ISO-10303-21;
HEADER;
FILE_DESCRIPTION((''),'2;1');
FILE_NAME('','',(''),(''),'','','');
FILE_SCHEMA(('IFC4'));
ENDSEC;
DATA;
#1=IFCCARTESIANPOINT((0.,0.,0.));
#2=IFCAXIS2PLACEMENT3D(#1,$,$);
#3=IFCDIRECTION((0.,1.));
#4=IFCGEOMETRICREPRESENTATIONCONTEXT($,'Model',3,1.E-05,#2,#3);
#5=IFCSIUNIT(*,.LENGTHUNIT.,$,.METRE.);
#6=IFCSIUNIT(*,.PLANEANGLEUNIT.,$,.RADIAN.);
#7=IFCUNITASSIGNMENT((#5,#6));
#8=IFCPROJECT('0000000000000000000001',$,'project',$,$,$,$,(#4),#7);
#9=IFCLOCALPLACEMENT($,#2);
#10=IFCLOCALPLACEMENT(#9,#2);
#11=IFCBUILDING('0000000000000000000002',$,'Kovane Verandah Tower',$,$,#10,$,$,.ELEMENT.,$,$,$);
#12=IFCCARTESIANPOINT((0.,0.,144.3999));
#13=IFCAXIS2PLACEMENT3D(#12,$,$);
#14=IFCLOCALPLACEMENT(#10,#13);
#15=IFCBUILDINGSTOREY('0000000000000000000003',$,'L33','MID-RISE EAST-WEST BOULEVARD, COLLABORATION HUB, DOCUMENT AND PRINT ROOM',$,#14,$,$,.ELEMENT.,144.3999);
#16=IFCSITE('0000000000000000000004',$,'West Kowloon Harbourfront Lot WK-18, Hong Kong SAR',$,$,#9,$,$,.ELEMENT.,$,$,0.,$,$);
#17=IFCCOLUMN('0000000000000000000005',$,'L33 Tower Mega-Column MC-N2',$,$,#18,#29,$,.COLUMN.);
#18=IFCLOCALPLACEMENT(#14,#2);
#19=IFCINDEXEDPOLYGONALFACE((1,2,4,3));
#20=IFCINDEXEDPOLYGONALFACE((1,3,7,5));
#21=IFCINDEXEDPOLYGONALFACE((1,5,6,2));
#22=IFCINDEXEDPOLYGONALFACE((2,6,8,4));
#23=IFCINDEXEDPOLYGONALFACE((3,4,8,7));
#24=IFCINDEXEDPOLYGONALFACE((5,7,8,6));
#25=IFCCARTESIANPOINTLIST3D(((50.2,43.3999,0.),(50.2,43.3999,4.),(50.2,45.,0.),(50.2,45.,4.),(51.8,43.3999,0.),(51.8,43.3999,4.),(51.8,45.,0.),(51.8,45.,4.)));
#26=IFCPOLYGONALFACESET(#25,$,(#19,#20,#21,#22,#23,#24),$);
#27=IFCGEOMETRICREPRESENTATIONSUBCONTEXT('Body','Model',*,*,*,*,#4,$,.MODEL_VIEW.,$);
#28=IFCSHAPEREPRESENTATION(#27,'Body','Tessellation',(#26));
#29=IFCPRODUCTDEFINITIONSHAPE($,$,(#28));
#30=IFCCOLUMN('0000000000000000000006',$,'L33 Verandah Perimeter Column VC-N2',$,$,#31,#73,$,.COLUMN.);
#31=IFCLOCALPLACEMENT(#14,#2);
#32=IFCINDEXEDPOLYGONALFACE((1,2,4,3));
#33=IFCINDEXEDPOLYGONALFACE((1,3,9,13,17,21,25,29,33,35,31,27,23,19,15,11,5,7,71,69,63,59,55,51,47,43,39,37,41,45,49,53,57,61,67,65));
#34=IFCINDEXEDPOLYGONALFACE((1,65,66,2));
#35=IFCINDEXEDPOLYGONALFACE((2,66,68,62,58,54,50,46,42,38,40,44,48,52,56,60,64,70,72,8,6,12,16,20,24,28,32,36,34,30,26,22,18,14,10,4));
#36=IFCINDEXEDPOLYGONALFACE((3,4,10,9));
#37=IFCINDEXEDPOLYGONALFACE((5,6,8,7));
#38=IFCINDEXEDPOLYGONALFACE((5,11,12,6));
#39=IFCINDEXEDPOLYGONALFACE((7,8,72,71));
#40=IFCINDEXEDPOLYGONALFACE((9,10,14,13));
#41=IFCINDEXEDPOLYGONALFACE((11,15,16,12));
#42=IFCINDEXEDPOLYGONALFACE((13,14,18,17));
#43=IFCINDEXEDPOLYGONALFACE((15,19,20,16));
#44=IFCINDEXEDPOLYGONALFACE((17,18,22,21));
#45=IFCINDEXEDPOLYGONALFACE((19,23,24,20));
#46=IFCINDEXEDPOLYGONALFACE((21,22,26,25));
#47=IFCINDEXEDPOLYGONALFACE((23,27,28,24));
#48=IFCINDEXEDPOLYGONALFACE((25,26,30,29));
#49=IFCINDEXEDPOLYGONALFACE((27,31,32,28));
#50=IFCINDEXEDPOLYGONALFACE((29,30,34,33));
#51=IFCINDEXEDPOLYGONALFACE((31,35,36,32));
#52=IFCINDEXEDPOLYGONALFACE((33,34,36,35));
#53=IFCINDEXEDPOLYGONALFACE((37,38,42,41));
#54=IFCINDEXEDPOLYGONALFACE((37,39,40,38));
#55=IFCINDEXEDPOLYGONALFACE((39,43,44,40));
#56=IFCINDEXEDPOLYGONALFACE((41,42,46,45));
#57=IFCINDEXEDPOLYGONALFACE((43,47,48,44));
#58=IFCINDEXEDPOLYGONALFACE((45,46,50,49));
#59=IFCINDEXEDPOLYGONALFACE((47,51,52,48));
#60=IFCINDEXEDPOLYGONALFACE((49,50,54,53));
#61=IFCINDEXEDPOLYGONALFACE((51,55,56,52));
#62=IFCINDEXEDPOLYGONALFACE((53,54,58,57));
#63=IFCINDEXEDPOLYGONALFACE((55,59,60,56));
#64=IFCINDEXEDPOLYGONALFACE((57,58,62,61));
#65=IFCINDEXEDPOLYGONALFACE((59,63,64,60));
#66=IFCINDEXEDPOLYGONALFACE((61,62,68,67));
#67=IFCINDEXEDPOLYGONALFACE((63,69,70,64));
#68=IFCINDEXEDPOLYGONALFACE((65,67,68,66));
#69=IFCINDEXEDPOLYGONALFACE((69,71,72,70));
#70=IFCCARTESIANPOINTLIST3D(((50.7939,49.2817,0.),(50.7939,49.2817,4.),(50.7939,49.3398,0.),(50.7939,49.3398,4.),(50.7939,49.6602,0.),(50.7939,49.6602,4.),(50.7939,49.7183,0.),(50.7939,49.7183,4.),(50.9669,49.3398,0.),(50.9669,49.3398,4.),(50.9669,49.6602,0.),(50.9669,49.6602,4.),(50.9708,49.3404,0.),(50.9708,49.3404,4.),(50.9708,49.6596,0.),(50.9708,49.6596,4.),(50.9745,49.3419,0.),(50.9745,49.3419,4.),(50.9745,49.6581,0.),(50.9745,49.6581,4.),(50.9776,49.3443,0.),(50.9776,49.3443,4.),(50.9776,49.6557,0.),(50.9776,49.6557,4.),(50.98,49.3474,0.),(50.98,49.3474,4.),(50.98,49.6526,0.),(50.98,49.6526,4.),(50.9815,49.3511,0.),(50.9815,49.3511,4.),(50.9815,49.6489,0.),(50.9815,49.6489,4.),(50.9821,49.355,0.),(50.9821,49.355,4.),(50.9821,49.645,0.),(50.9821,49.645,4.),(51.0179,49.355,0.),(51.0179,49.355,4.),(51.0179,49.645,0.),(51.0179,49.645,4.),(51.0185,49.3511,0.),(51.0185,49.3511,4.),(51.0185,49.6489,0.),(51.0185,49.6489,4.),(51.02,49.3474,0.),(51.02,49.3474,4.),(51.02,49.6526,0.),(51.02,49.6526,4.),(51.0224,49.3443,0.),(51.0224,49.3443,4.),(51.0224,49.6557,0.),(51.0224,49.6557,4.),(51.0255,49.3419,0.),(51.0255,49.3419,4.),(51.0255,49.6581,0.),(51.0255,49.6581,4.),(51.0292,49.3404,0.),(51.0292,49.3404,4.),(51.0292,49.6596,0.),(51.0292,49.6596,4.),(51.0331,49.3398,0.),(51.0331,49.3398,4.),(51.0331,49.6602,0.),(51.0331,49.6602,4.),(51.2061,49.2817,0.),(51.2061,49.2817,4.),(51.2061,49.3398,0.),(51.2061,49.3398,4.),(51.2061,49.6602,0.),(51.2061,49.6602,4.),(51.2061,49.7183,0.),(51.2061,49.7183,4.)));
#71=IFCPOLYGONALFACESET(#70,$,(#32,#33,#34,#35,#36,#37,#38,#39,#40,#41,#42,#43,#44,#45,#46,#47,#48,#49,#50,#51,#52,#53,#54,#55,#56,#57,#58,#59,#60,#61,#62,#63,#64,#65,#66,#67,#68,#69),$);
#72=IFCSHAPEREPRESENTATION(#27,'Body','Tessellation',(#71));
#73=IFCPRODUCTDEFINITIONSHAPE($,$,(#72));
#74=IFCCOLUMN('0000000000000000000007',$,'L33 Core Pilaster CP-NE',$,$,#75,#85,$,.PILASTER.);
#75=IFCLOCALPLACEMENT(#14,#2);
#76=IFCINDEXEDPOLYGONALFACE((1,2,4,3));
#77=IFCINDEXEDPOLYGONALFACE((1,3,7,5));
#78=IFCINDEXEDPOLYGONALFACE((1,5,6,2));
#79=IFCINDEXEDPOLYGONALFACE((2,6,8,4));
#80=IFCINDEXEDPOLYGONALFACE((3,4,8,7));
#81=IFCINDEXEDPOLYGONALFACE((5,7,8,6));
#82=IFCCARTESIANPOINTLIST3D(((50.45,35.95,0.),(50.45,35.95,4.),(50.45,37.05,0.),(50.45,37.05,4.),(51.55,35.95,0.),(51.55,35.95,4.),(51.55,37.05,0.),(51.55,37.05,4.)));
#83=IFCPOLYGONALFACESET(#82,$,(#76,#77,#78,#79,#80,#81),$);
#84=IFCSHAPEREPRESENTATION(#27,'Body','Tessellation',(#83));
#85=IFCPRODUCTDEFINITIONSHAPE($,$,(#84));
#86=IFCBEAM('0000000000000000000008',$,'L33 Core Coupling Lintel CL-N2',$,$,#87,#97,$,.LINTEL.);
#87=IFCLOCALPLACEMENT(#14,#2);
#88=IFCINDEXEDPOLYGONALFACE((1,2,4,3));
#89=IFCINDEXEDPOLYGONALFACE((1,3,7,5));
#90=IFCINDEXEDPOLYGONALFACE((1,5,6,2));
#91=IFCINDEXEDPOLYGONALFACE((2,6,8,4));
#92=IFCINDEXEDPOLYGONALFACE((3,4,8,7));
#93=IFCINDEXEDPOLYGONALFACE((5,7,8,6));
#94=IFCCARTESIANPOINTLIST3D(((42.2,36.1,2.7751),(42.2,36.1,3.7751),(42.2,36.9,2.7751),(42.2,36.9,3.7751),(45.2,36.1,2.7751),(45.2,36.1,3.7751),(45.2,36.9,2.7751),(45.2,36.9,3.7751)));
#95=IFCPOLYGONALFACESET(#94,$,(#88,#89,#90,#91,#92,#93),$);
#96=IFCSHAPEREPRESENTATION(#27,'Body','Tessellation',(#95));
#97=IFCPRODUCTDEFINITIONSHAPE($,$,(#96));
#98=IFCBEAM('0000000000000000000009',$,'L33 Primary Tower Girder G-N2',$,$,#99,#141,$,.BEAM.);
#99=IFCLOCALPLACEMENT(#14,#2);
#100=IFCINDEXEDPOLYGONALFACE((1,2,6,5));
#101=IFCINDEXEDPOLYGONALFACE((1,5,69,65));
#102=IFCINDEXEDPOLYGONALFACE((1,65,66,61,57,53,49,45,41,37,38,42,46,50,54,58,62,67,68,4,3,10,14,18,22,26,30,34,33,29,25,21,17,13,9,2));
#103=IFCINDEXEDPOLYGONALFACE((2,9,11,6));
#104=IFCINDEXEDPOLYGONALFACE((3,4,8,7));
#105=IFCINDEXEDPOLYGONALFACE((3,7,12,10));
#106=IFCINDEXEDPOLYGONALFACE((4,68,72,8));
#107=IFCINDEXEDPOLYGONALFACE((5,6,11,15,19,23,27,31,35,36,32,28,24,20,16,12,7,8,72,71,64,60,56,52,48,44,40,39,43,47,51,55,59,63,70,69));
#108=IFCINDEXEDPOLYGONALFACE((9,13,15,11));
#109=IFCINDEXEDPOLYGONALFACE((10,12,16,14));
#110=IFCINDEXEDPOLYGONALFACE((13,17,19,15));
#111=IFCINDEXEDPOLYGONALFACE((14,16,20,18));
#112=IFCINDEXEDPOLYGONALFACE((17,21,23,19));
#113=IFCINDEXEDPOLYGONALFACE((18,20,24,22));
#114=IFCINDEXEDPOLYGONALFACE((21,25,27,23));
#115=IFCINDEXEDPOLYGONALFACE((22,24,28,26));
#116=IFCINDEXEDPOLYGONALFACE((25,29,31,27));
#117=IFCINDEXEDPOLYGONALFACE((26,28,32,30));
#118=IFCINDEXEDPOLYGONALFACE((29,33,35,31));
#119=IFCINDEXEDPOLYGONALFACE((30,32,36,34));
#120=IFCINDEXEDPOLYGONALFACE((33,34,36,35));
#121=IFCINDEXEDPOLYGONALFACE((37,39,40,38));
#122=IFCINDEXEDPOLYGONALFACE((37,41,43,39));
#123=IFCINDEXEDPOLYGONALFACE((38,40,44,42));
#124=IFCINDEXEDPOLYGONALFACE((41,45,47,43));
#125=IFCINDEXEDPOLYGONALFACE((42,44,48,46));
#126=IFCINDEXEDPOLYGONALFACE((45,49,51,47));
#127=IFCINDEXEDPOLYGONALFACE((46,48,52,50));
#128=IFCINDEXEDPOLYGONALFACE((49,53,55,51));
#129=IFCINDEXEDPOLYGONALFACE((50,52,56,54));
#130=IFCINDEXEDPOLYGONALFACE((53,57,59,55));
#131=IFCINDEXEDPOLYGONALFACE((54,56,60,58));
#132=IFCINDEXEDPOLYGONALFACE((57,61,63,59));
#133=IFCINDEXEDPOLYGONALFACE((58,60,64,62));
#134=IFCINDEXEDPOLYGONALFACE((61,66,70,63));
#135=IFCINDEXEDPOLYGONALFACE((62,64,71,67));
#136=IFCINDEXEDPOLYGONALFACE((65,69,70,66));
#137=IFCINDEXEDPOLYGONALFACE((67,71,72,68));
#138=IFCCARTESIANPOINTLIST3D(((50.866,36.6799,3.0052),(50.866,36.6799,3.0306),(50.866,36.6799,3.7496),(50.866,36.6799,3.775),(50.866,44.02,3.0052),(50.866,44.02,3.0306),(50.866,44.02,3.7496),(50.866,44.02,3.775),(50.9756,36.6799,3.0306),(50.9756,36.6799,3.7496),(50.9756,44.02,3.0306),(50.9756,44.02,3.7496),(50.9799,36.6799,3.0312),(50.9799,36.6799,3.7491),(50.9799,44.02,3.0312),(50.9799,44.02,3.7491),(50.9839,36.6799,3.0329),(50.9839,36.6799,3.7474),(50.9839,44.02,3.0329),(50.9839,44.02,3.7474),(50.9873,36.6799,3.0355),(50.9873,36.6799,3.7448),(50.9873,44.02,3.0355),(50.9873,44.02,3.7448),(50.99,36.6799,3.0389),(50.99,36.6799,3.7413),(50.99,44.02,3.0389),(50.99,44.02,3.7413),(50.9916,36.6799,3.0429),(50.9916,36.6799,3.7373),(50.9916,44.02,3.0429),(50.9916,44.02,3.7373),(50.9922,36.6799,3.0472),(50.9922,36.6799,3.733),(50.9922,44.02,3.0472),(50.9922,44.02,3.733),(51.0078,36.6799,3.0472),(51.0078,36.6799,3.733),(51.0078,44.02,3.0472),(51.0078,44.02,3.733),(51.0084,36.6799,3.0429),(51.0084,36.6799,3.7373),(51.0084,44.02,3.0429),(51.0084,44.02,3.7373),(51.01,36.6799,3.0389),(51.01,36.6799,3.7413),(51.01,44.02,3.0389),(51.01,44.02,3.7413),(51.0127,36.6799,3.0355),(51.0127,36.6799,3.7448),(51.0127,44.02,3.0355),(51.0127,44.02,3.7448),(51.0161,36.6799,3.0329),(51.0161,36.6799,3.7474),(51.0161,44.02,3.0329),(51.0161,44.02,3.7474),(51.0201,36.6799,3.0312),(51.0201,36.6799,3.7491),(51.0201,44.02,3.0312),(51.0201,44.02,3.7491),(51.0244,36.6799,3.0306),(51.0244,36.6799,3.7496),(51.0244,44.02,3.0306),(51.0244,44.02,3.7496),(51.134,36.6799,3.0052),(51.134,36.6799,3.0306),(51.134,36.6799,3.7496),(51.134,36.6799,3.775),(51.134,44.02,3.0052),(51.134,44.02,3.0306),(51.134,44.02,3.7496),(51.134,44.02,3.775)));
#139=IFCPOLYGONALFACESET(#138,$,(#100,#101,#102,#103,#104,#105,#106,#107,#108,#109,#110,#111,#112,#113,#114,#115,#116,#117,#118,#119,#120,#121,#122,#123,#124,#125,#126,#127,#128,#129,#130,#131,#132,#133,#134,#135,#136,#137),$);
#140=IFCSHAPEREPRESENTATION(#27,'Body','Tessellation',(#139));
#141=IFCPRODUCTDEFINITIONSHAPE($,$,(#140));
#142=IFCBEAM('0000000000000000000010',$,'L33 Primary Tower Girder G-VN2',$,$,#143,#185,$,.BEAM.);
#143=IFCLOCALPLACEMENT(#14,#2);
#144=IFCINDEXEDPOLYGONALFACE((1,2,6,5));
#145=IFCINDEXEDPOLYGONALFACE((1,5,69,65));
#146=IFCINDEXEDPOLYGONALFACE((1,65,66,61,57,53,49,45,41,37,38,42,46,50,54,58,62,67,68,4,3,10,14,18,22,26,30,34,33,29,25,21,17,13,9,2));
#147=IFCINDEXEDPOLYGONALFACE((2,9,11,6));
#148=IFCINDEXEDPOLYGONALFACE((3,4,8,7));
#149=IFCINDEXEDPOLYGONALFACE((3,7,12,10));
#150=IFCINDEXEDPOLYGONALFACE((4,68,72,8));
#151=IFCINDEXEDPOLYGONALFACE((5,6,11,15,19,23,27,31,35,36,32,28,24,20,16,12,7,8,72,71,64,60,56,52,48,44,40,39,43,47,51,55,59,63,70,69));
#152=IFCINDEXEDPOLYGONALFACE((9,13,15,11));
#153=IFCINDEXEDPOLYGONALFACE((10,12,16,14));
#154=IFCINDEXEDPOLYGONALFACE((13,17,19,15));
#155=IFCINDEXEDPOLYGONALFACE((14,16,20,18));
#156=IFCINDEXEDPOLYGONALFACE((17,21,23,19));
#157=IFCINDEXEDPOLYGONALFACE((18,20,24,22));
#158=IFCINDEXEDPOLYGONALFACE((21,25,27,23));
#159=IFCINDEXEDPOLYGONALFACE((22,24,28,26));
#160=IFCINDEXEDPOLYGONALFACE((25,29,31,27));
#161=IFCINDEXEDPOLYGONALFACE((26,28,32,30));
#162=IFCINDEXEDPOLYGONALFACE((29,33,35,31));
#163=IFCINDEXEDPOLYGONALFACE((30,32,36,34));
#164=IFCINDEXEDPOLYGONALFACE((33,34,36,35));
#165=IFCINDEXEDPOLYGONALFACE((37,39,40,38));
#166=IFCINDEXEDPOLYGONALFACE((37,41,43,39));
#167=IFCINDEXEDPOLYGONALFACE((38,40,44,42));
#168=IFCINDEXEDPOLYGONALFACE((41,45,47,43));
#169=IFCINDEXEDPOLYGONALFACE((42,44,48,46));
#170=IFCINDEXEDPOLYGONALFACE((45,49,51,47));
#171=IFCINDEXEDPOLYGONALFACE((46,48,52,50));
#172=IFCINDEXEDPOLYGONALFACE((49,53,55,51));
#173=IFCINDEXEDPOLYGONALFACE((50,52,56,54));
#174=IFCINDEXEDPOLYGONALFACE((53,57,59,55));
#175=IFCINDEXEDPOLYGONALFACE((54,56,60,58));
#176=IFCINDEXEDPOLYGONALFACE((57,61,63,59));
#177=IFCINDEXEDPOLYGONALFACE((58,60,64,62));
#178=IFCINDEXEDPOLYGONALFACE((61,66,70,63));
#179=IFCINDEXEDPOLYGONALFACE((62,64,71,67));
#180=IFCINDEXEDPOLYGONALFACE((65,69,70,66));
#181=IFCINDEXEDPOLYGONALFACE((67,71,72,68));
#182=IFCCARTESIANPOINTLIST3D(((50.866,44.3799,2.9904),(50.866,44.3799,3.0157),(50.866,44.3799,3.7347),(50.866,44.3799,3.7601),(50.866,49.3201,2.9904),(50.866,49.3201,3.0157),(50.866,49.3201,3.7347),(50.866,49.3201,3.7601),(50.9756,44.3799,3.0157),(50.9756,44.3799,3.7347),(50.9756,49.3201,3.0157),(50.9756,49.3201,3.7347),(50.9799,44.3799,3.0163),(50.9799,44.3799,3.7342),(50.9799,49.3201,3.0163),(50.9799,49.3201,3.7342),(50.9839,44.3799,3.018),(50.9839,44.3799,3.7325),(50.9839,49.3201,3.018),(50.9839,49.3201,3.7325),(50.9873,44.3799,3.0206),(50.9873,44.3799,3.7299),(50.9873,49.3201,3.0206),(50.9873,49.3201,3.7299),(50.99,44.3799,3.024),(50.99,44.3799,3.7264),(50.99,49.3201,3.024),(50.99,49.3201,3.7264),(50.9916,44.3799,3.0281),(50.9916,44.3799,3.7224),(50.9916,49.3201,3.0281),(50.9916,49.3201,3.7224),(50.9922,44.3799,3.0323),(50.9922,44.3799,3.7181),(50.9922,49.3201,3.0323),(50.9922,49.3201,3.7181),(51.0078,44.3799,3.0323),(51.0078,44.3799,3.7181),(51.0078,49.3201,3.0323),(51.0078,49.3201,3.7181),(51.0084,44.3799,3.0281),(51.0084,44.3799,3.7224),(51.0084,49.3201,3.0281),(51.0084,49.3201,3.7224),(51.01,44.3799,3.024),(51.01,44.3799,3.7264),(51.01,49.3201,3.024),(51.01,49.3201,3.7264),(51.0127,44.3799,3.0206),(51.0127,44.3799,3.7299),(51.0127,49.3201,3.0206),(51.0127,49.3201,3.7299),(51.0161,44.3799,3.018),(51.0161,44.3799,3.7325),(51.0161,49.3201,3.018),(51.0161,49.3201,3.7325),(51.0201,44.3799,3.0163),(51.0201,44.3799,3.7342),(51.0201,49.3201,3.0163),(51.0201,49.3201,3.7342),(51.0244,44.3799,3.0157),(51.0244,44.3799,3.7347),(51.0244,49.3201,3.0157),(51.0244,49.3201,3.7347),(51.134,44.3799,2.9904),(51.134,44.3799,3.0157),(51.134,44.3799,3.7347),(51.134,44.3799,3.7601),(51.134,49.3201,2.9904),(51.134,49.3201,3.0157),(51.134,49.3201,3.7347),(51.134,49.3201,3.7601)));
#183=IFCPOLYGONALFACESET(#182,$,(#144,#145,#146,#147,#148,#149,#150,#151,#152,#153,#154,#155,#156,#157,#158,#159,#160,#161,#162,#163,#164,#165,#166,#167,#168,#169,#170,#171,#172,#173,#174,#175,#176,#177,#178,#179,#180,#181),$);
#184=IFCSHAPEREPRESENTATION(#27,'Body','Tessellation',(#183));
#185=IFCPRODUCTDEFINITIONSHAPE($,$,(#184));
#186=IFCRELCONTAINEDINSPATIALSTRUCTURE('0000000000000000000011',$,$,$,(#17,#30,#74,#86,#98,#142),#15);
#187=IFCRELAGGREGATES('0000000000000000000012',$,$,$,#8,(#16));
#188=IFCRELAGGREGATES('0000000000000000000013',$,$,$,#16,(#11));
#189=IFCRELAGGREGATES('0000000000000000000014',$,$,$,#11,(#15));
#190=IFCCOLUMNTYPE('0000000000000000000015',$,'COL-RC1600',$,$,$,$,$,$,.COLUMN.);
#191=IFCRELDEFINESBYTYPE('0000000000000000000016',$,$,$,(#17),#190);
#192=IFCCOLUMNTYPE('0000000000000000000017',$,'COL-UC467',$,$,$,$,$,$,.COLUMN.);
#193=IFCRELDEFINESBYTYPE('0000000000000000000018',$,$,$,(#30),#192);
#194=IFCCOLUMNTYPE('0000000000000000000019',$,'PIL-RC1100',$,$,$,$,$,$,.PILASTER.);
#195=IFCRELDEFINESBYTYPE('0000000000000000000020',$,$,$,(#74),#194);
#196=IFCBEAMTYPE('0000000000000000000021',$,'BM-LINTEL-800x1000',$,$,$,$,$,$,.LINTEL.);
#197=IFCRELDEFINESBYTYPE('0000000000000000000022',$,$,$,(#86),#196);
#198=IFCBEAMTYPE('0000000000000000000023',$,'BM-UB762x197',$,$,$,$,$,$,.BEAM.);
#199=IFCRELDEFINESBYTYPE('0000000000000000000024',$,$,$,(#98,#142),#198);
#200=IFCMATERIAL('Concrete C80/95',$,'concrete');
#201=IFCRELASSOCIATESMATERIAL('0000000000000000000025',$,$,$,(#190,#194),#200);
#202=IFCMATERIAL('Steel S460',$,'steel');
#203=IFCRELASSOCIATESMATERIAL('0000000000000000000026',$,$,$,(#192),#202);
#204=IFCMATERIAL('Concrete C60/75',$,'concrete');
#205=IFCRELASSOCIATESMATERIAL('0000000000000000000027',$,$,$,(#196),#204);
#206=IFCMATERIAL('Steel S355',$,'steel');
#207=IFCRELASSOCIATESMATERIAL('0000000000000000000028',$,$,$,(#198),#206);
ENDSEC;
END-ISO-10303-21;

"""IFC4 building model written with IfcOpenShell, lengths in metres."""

from ifc_helpers import new_model, si_unit, direction, frame, origin, origin_2d, place, context, subcontext, project, spatial, rectangle, i_section, extrude, material, material_profile, profile_set, type_object, element, save


model = new_model("IFC4")

# Units and contexts
model_context = context("Model", 3, precision=1e-05, world=origin(), true_north=direction((0.0, 1.0)))
body_context = subcontext(model_context, "Body", "Model", "MODEL_VIEW")
ifc_project = project(units=[si_unit("LENGTHUNIT", "METRE"), si_unit("PLANEANGLEUNIT", "RADIAN")], contexts=[model_context])

# Site, building, storey
site_placement = place(None, origin())
site = spatial("IfcSite", under=ifc_project, at=site_placement, Name="West Kowloon Harbourfront Lot WK-18, Hong Kong SAR", CompositionType="ELEMENT", RefElevation=0.0)
building_placement = place(site_placement, origin())
building = spatial("IfcBuilding", under=site, at=building_placement, Name="Kovane Verandah Tower", CompositionType="ELEMENT")
storey_placement = place(building_placement, frame((0.0, 0.0, 144.3999)))
storey = spatial("IfcBuildingStorey", under=building, at=storey_placement, Name="L33", Description="MID-RISE EAST-WEST BOULEVARD, COLLABORATION HUB, DOCUMENT AND PRINT ROOM", CompositionType="ELEMENT", Elevation=144.3999)

# Columns
ifc_material_1 = material(Name="Concrete C80/95", Category="concrete")
ifc_material_profile_1 = material_profile(ifc_material_1, rectangle(XDim=1.6001, YDim=1.6001, at=origin_2d()), Name="RC1600x1600")
ifc_profile_set_1 = profile_set([ifc_material_profile_1], Name="Concrete C80/95")
column_type_1 = type_object("IfcColumnType", Name="COL-RC1600", PredefinedType="COLUMN", material=ifc_profile_set_1)
column_1_placement = place(storey_placement, frame((51.0, 44.2, 0.0), z_axis=(0.0, 0.0, 1.0), x_axis=(1.0, 0.0, 0.0)))
element("IfcColumn", 1, at=column_1_placement, inside=storey, type_object=column_type_1, Name="L33 Tower Mega-Column MC-N2", PredefinedType="COLUMN", context=body_context, shape_type="SweptSolid", body=[
    extrude(rectangle(XDim=1.6001, YDim=1.6001, at=origin_2d()), origin(), (0.0, 0.0, 1.0), 4.0),
])
ifc_material_2 = material(Name="Steel S460", Category="steel")
ifc_material_profile_2 = material_profile(ifc_material_2, i_section(OverallWidth=0.4121, OverallDepth=0.4365, WebThickness=0.0359, FlangeThickness=0.0581, FilletRadius=0.0151, at=origin_2d()), Name="UC356x406x467")
ifc_profile_set_2 = profile_set([ifc_material_profile_2], Name="Steel S460")
column_type_2 = type_object("IfcColumnType", Name="COL-UC467", PredefinedType="COLUMN", material=ifc_profile_set_2)
column_2_placement = place(storey_placement, frame((51.0, 49.5, 0.0), z_axis=(0.0, 0.0, 1.0), x_axis=(1.0, 0.0, 0.0)))
element("IfcColumn", 2, at=column_2_placement, inside=storey, type_object=column_type_2, Name="L33 Verandah Perimeter Column VC-N2", PredefinedType="COLUMN", context=body_context, shape_type="SweptSolid", body=[
    extrude(i_section(OverallWidth=0.4121, OverallDepth=0.4365, WebThickness=0.0359, FlangeThickness=0.0581, FilletRadius=0.0151, at=origin_2d()), origin(), (0.0, 0.0, 1.0), 4.0),
])
ifc_material_profile_3 = material_profile(ifc_material_1, rectangle(XDim=1.1001, YDim=1.1001, at=origin_2d()), Name="RC1100x1100")
ifc_profile_set_3 = profile_set([ifc_material_profile_3], Name="Concrete C80/95")
column_type_3 = type_object("IfcColumnType", Name="PIL-RC1100", PredefinedType="PILASTER", material=ifc_profile_set_3)
column_3_placement = place(storey_placement, frame((51.0, 36.5, 0.0), z_axis=(0.0, 0.0, 1.0), x_axis=(1.0, 0.0, 0.0)))
element("IfcColumn", 3, at=column_3_placement, inside=storey, type_object=column_type_3, Name="L33 Core Pilaster CP-NE", PredefinedType="PILASTER", context=body_context, shape_type="SweptSolid", body=[
    extrude(rectangle(XDim=1.1001, YDim=1.1001, at=origin_2d()), origin(), (0.0, 0.0, 1.0), 4.0),
])

# Beams
ifc_material_3 = material(Name="Concrete C60/75", Category="concrete")
ifc_material_profile_4 = material_profile(ifc_material_3, rectangle(XDim=0.8, YDim=1.0, at=origin_2d()), Name="RCB800x1000")
ifc_profile_set_4 = profile_set([ifc_material_profile_4], Name="Concrete C60/75")
beam_type_1 = type_object("IfcBeamType", Name="BM-LINTEL-800x1000", PredefinedType="LINTEL", material=ifc_profile_set_4)
beam_1_placement = place(storey_placement, frame((42.2, 36.5, 3.2751), z_axis=(1.0, 0.0, 0.0), x_axis=(0.0, 1.0, 0.0)))
element("IfcBeam", 4, at=beam_1_placement, inside=storey, type_object=beam_type_1, Name="L33 Core Coupling Lintel CL-N2", PredefinedType="LINTEL", context=body_context, shape_type="SweptSolid", body=[
    extrude(rectangle(XDim=0.8, YDim=1.0, at=origin_2d()), origin(), (0.0, 0.0, 1.0), 3.0),
])
ifc_material_4 = material(Name="Steel S355", Category="steel")
ifc_material_profile_5 = material_profile(ifc_material_4, i_section(OverallWidth=0.2681, OverallDepth=0.7698, WebThickness=0.0156, FlangeThickness=0.0254, FilletRadius=0.0166, at=origin_2d()), Name="UB762x267x197")
ifc_profile_set_5 = profile_set([ifc_material_profile_5], Name="Steel S355")
beam_type_2 = type_object("IfcBeamType", Name="BM-UB762x197", PredefinedType="BEAM", material=ifc_profile_set_5)
beam_2_placement = place(storey_placement, frame((51.0, 36.6799, 3.3901), z_axis=(0.0, 1.0, 0.0), x_axis=(-1.0, 0.0, 0.0)))
element("IfcBeam", 5, at=beam_2_placement, inside=storey, type_object=beam_type_2, Name="L33 Primary Tower Girder G-N2", PredefinedType="BEAM", context=body_context, shape_type="SweptSolid", body=[
    extrude(i_section(OverallWidth=0.2681, OverallDepth=0.7698, WebThickness=0.0156, FlangeThickness=0.0254, FilletRadius=0.0166, at=origin_2d()), origin(), (0.0, 0.0, 1.0), 7.3401),
])
beam_3_placement = place(storey_placement, frame((51.0, 44.3799, 3.3752), z_axis=(0.0, 1.0, 0.0), x_axis=(-1.0, 0.0, 0.0)))
element("IfcBeam", 6, at=beam_3_placement, inside=storey, type_object=beam_type_2, Name="L33 Primary Tower Girder G-VN2", PredefinedType="BEAM", context=body_context, shape_type="SweptSolid", body=[
    extrude(i_section(OverallWidth=0.2681, OverallDepth=0.7698, WebThickness=0.0156, FlangeThickness=0.0254, FilletRadius=0.0166, at=origin_2d()), origin(), (0.0, 0.0, 1.0), 4.9402),
])

save(model, "model.ifc")
